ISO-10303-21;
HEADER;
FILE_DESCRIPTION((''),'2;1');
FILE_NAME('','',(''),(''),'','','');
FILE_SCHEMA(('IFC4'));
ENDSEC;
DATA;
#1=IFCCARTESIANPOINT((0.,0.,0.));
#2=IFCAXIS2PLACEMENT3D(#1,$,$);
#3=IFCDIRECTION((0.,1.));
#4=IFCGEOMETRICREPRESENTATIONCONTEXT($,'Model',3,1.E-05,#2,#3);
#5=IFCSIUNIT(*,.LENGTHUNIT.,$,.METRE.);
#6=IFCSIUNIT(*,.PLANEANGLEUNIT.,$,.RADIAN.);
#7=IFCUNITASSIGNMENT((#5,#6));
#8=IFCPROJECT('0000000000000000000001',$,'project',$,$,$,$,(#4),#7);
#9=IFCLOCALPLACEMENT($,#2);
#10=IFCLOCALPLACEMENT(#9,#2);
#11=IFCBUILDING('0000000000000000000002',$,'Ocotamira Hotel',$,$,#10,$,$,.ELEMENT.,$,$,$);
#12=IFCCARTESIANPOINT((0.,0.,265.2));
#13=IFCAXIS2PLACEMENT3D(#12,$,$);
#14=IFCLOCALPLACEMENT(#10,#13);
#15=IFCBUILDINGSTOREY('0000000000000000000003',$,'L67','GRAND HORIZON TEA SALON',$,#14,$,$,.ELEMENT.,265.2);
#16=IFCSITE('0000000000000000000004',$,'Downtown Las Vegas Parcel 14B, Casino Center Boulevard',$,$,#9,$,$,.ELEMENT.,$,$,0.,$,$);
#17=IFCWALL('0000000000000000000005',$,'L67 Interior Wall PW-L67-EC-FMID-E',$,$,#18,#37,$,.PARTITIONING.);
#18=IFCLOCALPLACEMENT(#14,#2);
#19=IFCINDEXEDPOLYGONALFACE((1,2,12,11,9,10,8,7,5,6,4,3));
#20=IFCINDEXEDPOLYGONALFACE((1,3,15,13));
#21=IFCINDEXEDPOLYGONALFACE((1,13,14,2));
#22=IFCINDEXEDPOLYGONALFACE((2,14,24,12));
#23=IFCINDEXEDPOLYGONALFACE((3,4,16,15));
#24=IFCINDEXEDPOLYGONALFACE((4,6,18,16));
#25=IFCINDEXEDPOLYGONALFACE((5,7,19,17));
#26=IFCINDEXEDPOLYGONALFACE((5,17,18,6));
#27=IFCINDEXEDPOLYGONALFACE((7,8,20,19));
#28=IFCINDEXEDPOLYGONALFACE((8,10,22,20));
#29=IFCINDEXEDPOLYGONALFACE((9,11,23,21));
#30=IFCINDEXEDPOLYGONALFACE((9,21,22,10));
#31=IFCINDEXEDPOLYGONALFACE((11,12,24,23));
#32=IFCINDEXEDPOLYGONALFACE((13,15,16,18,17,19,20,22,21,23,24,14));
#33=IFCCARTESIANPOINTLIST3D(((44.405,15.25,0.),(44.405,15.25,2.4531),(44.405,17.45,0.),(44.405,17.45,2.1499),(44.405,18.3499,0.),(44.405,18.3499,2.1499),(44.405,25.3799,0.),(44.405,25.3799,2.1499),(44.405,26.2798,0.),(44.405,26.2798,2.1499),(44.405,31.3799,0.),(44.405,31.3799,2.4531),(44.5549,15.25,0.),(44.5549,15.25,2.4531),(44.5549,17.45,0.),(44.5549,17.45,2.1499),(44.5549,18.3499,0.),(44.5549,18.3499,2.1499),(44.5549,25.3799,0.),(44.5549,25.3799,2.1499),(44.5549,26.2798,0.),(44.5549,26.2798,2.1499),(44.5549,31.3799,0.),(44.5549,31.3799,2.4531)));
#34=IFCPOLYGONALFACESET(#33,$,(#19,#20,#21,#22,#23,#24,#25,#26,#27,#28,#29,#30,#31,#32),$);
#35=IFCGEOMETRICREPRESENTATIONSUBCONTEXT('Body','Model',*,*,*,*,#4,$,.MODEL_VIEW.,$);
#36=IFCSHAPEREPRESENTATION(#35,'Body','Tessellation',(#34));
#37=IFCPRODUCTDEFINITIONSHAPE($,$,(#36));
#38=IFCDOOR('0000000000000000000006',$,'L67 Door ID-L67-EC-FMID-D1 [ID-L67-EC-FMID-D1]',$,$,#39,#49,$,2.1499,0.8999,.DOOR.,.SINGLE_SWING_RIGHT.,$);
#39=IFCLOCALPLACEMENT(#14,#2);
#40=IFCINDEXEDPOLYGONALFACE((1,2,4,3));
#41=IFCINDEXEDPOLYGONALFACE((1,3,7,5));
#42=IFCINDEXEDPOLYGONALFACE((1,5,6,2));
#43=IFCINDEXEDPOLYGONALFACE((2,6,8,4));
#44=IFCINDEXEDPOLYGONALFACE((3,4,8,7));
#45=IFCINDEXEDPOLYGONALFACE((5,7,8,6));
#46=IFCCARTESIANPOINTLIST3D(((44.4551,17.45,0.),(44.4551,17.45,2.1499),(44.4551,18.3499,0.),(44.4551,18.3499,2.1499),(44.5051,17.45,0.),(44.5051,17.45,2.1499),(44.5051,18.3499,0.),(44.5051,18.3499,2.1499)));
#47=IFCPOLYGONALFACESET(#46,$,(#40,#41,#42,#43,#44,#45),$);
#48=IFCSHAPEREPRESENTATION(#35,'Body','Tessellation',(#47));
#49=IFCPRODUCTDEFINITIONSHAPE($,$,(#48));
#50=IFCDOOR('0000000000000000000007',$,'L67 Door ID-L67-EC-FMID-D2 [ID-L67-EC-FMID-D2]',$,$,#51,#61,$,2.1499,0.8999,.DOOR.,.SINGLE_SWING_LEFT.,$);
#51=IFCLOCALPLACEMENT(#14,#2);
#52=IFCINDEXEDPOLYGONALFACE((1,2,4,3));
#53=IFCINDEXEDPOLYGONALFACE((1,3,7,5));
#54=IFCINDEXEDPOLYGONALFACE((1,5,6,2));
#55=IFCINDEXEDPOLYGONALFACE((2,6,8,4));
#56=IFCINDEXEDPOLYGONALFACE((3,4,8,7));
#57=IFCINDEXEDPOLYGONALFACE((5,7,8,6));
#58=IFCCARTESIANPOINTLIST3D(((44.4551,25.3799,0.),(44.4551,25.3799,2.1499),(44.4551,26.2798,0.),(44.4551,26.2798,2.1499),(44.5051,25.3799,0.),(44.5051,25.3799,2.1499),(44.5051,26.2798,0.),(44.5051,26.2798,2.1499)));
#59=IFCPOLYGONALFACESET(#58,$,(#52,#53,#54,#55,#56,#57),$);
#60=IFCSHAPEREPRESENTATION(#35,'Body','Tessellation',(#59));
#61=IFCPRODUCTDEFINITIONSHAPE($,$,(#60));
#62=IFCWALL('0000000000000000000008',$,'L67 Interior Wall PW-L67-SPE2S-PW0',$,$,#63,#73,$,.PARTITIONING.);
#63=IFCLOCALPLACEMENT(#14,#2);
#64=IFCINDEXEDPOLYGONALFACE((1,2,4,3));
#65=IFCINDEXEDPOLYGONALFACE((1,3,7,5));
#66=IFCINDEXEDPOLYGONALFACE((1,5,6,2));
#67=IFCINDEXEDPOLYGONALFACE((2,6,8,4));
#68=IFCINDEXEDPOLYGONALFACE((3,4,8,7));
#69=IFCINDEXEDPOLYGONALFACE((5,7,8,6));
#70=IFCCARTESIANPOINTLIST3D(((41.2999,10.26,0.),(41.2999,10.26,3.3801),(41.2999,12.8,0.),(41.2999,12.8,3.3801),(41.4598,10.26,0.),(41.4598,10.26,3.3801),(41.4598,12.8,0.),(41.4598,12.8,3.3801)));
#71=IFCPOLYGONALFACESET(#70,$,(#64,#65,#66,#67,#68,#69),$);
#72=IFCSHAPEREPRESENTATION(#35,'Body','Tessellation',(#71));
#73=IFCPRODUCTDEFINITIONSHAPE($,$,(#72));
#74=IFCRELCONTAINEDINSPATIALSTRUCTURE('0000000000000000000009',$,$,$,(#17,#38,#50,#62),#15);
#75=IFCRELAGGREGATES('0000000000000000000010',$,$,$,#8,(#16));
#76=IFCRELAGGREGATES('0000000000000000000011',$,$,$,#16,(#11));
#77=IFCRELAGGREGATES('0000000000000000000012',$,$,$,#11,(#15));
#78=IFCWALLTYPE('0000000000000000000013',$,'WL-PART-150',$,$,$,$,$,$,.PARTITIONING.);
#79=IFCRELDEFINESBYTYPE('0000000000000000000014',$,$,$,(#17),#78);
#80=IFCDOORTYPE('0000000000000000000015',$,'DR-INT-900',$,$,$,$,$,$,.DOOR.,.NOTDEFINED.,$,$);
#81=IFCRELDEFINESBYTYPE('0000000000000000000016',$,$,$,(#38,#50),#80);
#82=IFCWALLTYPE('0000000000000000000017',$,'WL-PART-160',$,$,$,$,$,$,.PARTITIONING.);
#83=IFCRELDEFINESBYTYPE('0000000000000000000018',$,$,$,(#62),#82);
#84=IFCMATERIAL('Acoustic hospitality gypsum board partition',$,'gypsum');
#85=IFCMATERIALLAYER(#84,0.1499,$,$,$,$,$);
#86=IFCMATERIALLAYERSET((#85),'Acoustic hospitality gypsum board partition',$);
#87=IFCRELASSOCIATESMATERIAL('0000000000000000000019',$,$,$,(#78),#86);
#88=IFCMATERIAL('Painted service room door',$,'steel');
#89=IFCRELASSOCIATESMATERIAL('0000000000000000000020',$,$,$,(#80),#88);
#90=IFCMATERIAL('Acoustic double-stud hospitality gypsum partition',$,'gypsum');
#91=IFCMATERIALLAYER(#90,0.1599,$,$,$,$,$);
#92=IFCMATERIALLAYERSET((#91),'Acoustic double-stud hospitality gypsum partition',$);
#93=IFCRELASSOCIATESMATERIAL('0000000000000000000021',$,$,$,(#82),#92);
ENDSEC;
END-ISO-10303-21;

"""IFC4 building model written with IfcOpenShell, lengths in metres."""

from ifc_helpers import new_model, si_unit, direction, frame, frame_2d, origin, place, context, subcontext, project, spatial, rectangle, extrude, source, transform, mapped, material, layer, layer_set, type_object, element, fill, save


model = new_model("IFC4")

# Units and contexts
model_context = context("Model", 3, precision=1e-05, world=origin(), true_north=direction((0.0, 1.0)))
body_context = subcontext(model_context, "Body", "Model", "MODEL_VIEW")
ifc_project = project(units=[si_unit("LENGTHUNIT", "METRE"), si_unit("PLANEANGLEUNIT", "RADIAN")], contexts=[model_context])

# Site, building, storey
site_placement = place(None, origin())
site = spatial("IfcSite", under=ifc_project, at=site_placement, Name="Downtown Las Vegas Parcel 14B, Casino Center Boulevard", CompositionType="ELEMENT", RefElevation=0.0)
building_placement = place(site_placement, origin())
building = spatial("IfcBuilding", under=site, at=building_placement, Name="Ocotamira Hotel", CompositionType="ELEMENT")
storey_placement = place(building_placement, frame((0.0, 0.0, 265.2)))
storey = spatial("IfcBuildingStorey", under=building, at=storey_placement, Name="L67", Description="GRAND HORIZON TEA SALON", CompositionType="ELEMENT", Elevation=265.2)

# Shared definitions
ifc_material_1 = material(Name="Acoustic hospitality gypsum board partition", Category="gypsum")
ifc_layer_1 = layer(ifc_material_1, 0.1499)
ifc_layer_set_1 = layer_set([ifc_layer_1], Name="Acoustic hospitality gypsum board partition")
wall_type_1 = type_object("IfcWallType", Name="WL-PART-150", PredefinedType="PARTITIONING", material=ifc_layer_set_1)

# Wall, openings, doors
wall_1_placement = place(storey_placement, frame((44.48, 15.25, 0.0), z_axis=(0.0, 0.0, 1.0), x_axis=(0.0, 1.0, 0.0)))
wall_1 = element("IfcWall", 1, at=wall_1_placement, inside=storey, type_object=wall_type_1, Name="L67 Interior Wall PW-L67-EC-FMID-E", PredefinedType="PARTITIONING", context=body_context, shape_type="SweptSolid", body=[
    extrude(rectangle(XDim=16.1299, YDim=0.1499, at=frame_2d((8.0649, 0.0))), origin(), (0.0, 0.0, 1.0), 2.4531),
])
opening_1_placement = place(wall_1_placement, frame((2.2, 0.0, 0.0)))
opening_1 = element("IfcOpeningElement", 2, at=opening_1_placement, cuts=wall_1, PredefinedType="OPENING", context=body_context, shape_type="SweptSolid", body=[
    extrude(rectangle(XDim=0.8999, YDim=2.1499, at=frame_2d((0.45, 1.075))), frame((0.0, 0.085, 0.0), z_axis=(0.0, -1.0, 0.0), x_axis=(1.0, 0.0, 0.0)), (0.0, 0.0, 1.0), 0.1699),
])
opening_2_placement = place(wall_1_placement, frame((10.1299, 0.0, 0.0)))
opening_2 = element("IfcOpeningElement", 3, at=opening_2_placement, cuts=wall_1, PredefinedType="OPENING", context=body_context, shape_type="SweptSolid", body=[
    extrude(rectangle(XDim=0.8999, YDim=2.1499, at=frame_2d((0.45, 1.075))), frame((0.0, 0.085, 0.0), z_axis=(0.0, -1.0, 0.0), x_axis=(1.0, 0.0, 0.0)), (0.0, 0.0, 1.0), 0.1699),
])
ifc_material_2 = material(Name="Painted service room door", Category="steel")
door_type_1 = type_object("IfcDoorType", Name="DR-INT-900", OperationType="NOTDEFINED", PredefinedType="DOOR", material=ifc_material_2)
shared_shape_1 = source(origin(), body_context, "Body", "SweptSolid", [
    extrude(rectangle(XDim=0.8999, YDim=2.1499, at=frame_2d((0.45, 1.075))), frame((0.0, 0.0249, 0.0), z_axis=(0.0, -1.0, 0.0), x_axis=(1.0, 0.0, 0.0)), (0.0, 0.0, 1.0), 0.05),
])
door_1_placement = place(opening_1_placement, origin())
door_1 = element("IfcDoor", 4, at=door_1_placement, inside=storey, type_object=door_type_1, Name="L67 Door ID-L67-EC-FMID-D1 [ID-L67-EC-FMID-D1]", OperationType="SINGLE_SWING_RIGHT", OverallHeight=2.1499, OverallWidth=0.8999, PredefinedType="DOOR", context=body_context, shape_type="MappedRepresentation", body=[
    mapped(shared_shape_1, transform((0.0, 0.0, 0.0), scale=1.0)),
])
fill(opening_1, door_1)
door_2_placement = place(opening_2_placement, origin())
door_2 = element("IfcDoor", 5, at=door_2_placement, inside=storey, type_object=door_type_1, Name="L67 Door ID-L67-EC-FMID-D2 [ID-L67-EC-FMID-D2]", OperationType="SINGLE_SWING_LEFT", OverallHeight=2.1499, OverallWidth=0.8999, PredefinedType="DOOR", context=body_context, shape_type="MappedRepresentation", body=[
    mapped(shared_shape_1, transform((0.0, 0.0, 0.0), scale=1.0)),
])
fill(opening_2, door_2)

# Wall
ifc_material_3 = material(Name="Acoustic double-stud hospitality gypsum partition", Category="gypsum")
ifc_layer_2 = layer(ifc_material_3, 0.1599)
ifc_layer_set_2 = layer_set([ifc_layer_2], Name="Acoustic double-stud hospitality gypsum partition")
wall_type_2 = type_object("IfcWallType", Name="WL-PART-160", PredefinedType="PARTITIONING", material=ifc_layer_set_2)
wall_2_placement = place(storey_placement, frame((41.3799, 10.26, 0.0), z_axis=(0.0, 0.0, 1.0), x_axis=(0.0, 1.0, 0.0)))
element("IfcWall", 6, at=wall_2_placement, inside=storey, type_object=wall_type_2, Name="L67 Interior Wall PW-L67-SPE2S-PW0", PredefinedType="PARTITIONING", context=body_context, shape_type="SweptSolid", body=[
    extrude(rectangle(XDim=2.54, YDim=0.1599, at=frame_2d((1.27, 0.0))), origin(), (0.0, 0.0, 1.0), 3.3801),
])

save(model, "model.ifc")
